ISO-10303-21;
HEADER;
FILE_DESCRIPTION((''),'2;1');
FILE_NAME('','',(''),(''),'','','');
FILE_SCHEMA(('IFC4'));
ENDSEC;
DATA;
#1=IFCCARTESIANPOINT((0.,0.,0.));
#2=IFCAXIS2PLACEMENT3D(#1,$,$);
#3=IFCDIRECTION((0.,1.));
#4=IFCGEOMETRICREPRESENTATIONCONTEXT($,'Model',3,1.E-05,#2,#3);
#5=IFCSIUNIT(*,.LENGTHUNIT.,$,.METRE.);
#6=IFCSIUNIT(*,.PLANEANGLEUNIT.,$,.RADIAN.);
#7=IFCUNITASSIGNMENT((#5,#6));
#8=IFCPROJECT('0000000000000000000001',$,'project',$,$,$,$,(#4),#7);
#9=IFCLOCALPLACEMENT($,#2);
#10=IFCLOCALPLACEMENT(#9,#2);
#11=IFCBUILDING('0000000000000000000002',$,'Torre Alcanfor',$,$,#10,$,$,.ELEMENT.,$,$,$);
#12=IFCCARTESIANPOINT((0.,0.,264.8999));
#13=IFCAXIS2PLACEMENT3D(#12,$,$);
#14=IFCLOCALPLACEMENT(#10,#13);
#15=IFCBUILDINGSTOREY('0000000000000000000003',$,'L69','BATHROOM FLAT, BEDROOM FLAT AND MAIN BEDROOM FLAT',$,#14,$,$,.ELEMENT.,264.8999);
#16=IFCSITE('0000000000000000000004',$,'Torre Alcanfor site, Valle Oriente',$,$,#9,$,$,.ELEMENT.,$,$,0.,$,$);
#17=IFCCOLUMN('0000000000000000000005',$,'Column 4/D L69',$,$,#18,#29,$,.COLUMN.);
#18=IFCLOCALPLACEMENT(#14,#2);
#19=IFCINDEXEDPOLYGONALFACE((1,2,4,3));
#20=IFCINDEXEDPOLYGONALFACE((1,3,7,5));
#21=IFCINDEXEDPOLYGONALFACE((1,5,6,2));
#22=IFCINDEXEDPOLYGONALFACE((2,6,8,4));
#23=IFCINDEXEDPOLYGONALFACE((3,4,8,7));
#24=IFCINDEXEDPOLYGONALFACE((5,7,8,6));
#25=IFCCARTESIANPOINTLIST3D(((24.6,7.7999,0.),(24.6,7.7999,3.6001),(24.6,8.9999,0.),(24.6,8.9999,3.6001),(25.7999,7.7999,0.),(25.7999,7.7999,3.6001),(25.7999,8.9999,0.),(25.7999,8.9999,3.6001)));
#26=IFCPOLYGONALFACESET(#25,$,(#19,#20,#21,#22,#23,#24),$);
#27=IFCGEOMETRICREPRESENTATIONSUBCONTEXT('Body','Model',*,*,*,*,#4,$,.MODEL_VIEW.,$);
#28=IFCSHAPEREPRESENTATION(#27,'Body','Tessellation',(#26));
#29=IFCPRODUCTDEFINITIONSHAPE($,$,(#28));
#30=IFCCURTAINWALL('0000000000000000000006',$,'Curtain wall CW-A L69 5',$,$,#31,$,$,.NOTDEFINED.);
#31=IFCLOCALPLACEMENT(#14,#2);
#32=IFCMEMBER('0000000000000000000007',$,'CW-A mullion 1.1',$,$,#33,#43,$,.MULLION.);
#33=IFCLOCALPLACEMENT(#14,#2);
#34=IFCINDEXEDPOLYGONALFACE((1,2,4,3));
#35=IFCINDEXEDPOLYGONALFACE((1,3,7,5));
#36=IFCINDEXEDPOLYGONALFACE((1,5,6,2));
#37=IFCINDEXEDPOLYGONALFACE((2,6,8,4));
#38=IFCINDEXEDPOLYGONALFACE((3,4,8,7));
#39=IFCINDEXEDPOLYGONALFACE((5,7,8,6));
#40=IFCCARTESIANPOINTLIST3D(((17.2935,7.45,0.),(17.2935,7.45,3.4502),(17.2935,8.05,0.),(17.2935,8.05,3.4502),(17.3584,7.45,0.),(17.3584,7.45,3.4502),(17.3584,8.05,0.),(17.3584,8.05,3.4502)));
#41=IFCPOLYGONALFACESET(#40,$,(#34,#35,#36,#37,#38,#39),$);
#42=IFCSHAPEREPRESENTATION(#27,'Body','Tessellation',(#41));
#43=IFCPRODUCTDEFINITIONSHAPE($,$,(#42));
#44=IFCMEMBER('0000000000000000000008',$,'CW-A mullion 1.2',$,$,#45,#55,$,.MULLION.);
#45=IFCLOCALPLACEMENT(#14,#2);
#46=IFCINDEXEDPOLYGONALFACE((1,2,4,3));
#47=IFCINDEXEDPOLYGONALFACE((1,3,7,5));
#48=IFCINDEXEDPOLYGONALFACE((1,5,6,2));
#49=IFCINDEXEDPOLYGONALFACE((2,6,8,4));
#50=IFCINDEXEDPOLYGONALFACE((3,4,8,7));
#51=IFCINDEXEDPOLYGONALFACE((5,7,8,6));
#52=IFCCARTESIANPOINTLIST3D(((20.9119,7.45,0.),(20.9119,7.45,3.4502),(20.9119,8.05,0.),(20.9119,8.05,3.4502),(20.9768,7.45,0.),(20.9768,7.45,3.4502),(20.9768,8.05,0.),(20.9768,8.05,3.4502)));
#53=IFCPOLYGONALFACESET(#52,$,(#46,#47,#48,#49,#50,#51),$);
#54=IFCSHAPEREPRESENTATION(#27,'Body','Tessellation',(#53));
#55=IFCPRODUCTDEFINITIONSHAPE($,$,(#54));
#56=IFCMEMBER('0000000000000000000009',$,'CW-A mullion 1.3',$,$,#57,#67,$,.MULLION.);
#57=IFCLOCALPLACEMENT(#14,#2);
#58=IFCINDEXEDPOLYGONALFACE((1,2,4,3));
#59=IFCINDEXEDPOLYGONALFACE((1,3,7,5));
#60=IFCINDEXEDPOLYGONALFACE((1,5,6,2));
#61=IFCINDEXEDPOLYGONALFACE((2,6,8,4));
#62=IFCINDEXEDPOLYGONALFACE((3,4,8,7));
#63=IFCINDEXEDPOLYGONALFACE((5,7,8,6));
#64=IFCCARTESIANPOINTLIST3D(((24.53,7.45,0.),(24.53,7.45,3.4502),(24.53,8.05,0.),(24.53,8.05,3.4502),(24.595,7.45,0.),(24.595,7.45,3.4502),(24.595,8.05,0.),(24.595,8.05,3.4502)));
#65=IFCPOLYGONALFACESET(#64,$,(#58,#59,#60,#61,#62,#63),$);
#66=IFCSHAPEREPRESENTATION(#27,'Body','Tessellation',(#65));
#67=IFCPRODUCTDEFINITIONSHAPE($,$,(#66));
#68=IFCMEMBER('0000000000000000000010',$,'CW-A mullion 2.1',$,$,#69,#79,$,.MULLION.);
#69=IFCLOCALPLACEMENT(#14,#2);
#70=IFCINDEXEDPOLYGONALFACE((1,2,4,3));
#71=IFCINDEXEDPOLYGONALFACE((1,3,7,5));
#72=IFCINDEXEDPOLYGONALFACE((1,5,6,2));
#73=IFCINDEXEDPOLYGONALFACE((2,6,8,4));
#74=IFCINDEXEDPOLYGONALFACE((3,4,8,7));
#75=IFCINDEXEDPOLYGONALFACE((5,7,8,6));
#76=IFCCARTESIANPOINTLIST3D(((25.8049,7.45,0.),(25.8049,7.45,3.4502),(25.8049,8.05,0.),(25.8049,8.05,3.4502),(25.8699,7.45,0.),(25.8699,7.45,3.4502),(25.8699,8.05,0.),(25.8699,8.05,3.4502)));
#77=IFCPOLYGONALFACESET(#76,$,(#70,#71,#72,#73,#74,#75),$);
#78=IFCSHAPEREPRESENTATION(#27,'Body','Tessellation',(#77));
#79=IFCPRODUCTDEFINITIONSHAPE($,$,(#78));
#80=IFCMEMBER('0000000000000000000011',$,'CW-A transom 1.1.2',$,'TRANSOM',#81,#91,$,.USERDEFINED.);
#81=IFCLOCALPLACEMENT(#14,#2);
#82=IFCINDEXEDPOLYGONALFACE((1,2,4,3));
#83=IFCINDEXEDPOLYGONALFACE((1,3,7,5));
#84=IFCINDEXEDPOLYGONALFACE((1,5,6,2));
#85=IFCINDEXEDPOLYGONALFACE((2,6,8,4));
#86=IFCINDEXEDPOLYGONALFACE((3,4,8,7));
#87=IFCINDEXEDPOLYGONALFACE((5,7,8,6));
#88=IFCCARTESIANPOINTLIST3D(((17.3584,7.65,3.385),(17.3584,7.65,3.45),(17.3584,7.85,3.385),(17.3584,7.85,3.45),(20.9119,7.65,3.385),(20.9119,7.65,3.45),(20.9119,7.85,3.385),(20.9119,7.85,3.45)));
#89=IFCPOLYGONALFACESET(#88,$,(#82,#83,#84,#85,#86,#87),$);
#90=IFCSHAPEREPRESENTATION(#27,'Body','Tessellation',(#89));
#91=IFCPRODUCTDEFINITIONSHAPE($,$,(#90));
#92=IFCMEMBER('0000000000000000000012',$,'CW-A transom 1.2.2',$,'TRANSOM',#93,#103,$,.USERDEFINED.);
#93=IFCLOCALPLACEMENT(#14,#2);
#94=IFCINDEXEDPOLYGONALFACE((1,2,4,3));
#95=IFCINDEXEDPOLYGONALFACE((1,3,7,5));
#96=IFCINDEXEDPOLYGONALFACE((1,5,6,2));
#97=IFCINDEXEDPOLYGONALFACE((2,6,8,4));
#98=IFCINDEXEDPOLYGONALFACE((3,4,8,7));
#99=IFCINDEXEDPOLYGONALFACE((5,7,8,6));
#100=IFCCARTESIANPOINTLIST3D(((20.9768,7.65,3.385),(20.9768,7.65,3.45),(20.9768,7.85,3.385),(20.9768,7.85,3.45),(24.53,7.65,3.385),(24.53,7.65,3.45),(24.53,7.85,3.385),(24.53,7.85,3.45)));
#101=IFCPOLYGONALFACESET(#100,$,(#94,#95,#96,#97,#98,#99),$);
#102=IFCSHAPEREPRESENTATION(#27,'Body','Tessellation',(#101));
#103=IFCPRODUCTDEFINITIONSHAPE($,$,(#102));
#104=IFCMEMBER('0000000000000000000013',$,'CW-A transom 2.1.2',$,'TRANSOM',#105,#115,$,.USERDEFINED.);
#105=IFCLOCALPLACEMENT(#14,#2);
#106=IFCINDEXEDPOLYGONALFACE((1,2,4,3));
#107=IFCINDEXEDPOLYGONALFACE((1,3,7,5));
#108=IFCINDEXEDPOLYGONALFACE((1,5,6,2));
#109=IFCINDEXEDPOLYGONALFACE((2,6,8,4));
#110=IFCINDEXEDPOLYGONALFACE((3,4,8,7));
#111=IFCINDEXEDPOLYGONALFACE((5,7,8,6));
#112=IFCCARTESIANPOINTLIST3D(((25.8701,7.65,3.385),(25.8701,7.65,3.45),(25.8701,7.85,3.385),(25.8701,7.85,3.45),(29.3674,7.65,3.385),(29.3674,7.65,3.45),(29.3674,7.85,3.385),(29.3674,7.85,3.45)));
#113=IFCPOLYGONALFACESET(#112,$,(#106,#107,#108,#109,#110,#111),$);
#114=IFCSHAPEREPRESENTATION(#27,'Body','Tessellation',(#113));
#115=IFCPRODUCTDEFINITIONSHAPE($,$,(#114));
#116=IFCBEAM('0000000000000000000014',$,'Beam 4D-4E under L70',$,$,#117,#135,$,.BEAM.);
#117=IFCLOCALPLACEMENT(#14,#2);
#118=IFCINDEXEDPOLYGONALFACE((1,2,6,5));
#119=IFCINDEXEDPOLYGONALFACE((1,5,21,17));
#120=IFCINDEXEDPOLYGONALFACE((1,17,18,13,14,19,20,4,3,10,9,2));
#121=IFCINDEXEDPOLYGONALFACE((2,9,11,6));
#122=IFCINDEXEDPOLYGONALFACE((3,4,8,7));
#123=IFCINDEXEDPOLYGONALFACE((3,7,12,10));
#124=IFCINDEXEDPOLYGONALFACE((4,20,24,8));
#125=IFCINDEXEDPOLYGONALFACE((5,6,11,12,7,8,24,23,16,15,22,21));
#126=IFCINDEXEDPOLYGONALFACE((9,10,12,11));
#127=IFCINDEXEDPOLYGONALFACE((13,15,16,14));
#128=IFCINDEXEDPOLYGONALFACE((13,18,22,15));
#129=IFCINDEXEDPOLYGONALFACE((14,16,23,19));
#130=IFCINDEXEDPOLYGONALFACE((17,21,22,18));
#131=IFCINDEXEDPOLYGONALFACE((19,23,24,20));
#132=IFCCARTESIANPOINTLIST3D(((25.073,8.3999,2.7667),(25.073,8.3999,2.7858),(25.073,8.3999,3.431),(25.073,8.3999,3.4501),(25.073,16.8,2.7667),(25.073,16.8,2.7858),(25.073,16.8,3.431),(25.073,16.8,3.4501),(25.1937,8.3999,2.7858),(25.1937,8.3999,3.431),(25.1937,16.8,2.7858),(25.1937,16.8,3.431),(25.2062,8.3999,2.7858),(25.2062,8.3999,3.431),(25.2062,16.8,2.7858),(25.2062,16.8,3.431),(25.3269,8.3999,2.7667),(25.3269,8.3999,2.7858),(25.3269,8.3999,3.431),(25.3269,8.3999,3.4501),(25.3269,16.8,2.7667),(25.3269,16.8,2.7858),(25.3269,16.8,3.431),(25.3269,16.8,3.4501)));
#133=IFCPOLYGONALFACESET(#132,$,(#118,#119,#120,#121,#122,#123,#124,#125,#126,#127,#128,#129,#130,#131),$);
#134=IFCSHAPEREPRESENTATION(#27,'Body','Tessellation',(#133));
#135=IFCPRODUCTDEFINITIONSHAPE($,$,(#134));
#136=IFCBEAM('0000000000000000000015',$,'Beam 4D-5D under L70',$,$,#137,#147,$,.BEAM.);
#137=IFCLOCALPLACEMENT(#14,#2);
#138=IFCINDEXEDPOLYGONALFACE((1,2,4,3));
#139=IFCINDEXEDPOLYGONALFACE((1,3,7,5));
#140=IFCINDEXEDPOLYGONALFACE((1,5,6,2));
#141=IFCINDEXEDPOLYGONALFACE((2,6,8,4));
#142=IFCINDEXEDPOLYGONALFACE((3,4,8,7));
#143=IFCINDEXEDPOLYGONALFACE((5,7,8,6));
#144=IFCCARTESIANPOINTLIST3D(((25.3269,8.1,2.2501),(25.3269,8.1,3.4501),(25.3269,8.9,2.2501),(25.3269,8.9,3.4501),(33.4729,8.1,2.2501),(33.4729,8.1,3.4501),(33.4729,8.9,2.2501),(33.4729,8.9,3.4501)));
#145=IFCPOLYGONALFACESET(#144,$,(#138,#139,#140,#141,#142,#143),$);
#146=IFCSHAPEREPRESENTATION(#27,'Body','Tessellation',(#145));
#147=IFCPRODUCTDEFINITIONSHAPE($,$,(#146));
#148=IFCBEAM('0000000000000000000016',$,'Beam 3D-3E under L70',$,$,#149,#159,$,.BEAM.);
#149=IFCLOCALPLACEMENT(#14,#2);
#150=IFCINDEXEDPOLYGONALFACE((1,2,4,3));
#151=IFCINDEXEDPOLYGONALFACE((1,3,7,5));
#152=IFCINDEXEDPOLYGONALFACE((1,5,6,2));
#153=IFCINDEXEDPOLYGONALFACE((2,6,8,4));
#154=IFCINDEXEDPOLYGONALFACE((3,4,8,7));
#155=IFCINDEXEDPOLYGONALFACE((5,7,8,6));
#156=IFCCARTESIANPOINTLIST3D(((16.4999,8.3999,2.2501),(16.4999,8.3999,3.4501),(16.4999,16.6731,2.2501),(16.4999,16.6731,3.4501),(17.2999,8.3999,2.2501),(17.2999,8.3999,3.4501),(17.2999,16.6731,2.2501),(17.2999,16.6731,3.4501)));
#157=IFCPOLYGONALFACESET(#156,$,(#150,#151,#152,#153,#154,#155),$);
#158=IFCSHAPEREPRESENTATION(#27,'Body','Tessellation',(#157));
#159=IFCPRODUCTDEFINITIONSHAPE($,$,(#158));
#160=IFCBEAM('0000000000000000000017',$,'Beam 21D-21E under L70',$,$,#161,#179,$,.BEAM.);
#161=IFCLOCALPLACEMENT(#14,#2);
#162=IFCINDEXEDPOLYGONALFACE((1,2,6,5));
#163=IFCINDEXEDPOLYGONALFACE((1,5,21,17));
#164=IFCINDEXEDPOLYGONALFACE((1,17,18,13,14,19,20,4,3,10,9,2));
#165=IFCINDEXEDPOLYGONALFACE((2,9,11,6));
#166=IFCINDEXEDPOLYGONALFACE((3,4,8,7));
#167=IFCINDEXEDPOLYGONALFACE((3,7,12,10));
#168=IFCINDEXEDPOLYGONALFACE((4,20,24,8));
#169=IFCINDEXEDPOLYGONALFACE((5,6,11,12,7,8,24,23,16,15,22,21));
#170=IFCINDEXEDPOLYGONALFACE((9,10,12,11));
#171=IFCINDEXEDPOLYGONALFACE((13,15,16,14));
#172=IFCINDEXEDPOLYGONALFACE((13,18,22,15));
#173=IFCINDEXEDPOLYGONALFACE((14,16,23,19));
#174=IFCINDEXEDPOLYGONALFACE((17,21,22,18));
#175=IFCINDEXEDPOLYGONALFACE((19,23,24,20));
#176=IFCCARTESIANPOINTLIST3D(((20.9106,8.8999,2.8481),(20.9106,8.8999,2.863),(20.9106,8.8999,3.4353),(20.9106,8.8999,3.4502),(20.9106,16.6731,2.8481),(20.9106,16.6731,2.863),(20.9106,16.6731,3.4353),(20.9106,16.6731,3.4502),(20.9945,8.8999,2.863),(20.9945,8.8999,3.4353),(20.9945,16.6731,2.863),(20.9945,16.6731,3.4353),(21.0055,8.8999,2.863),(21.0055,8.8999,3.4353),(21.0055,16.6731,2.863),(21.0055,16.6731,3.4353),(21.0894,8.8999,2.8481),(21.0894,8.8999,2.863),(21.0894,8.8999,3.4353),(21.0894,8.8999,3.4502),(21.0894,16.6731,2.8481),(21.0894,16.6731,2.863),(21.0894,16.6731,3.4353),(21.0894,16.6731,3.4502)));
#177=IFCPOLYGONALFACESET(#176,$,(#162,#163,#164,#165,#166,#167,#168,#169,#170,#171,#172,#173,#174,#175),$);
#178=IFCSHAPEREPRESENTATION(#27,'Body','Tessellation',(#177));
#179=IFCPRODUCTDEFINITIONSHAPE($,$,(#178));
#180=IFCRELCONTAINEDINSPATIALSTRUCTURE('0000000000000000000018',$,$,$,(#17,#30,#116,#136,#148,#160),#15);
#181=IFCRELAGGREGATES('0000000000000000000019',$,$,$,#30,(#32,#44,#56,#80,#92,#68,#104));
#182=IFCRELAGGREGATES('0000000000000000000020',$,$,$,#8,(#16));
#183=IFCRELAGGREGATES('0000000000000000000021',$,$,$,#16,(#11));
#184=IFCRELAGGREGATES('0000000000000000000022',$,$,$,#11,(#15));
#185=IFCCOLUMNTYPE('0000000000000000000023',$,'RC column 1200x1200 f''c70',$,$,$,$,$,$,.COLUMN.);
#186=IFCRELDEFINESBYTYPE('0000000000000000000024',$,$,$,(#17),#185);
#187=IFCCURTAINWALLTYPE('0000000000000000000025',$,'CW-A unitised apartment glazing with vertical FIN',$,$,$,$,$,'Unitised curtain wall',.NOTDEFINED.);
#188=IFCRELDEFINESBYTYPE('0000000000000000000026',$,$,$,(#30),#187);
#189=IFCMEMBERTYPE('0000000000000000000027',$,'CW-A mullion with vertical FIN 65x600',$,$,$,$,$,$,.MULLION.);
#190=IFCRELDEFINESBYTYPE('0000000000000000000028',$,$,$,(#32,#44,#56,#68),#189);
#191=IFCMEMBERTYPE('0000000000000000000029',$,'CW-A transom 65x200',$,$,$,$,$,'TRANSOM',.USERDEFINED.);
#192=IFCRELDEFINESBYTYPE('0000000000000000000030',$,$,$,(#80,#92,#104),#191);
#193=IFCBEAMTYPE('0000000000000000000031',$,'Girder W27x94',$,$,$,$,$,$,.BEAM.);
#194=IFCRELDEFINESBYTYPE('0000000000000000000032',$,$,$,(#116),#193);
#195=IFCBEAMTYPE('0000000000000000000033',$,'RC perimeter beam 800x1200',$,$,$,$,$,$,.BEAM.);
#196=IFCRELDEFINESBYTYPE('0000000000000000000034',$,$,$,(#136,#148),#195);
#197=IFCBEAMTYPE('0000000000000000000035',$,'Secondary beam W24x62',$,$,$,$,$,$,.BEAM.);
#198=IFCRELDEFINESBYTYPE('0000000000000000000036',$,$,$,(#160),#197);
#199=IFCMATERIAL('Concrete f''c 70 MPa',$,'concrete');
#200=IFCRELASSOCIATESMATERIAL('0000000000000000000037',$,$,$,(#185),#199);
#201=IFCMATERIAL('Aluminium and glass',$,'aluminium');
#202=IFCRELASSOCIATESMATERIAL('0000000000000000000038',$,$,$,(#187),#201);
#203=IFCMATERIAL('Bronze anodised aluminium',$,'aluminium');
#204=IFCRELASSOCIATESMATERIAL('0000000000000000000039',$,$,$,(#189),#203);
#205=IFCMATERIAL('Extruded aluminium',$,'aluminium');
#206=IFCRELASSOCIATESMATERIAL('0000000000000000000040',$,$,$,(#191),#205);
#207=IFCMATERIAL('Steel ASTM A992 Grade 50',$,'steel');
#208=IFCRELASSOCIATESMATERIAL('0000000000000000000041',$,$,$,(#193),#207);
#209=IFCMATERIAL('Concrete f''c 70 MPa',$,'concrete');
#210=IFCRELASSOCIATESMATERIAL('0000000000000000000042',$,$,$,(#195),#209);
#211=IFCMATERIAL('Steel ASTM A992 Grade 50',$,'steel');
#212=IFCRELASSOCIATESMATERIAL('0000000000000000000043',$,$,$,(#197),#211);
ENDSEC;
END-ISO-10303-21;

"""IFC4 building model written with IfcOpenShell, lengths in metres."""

from ifc_helpers import new_model, si_unit, direction, frame, origin, origin_2d, place, context, subcontext, project, spatial, rectangle, i_section, extrude, material, material_profile, profile_set, type_object, element, aggregate, save


model = new_model("IFC4")

# Units and contexts
model_context = context("Model", 3, precision=1e-05, world=origin(), true_north=direction((0.0, 1.0)))
body_context = subcontext(model_context, "Body", "Model", "MODEL_VIEW")
ifc_project = project(units=[si_unit("LENGTHUNIT", "METRE"), si_unit("PLANEANGLEUNIT", "RADIAN")], contexts=[model_context])

# Site, building, storey
site_placement = place(None, origin())
site = spatial("IfcSite", under=ifc_project, at=site_placement, Name="Torre Alcanfor site, Valle Oriente", CompositionType="ELEMENT", RefElevation=0.0)
building_placement = place(site_placement, origin())
building = spatial("IfcBuilding", under=site, at=building_placement, Name="Torre Alcanfor", CompositionType="ELEMENT")
storey_placement = place(building_placement, frame((0.0, 0.0, 264.8999)))
storey = spatial("IfcBuildingStorey", under=building, at=storey_placement, Name="L69", Description="BATHROOM FLAT, BEDROOM FLAT AND MAIN BEDROOM FLAT", CompositionType="ELEMENT", Elevation=264.8999)

# Column
ifc_material_1 = material(Name="Concrete f'c 70 MPa", Category="concrete")
ifc_material_profile_1 = material_profile(ifc_material_1, rectangle(XDim=1.2, YDim=1.2, at=origin_2d()), Name="1200x1200")
ifc_profile_set_1 = profile_set([ifc_material_profile_1], Name="Concrete f'c 70 MPa")
column_type = type_object("IfcColumnType", Name="RC column 1200x1200 f'c70", PredefinedType="COLUMN", material=ifc_profile_set_1)
column_placement = place(storey_placement, frame((25.2, 8.3999, 0.0), z_axis=(0.0, 0.0, 1.0), x_axis=(1.0, 0.0, 0.0)))
element("IfcColumn", 1, at=column_placement, inside=storey, type_object=column_type, Name="Column 4/D L69", PredefinedType="COLUMN", context=body_context, shape_type="SweptSolid", body=[
    extrude(rectangle(XDim=1.2, YDim=1.2, at=origin_2d()), origin(), (0.0, 0.0, 1.0), 3.6001),
])

# Curtain wall, members
ifc_material_2 = material(Name="Aluminium and glass", Category="aluminium")
curtain_wall_type = type_object("IfcCurtainWallType", Name="CW-A unitised apartment glazing with vertical FIN", ElementType="Unitised curtain wall", PredefinedType="NOTDEFINED", material=ifc_material_2)
curtain_wall_placement = place(storey_placement, origin())
curtain_wall = element("IfcCurtainWall", 2, at=curtain_wall_placement, inside=storey, type_object=curtain_wall_type, Name="Curtain wall CW-A L69 5", PredefinedType="NOTDEFINED")
ifc_material_3 = material(Name="Bronze anodised aluminium", Category="aluminium")
ifc_material_profile_2 = material_profile(ifc_material_3, rectangle(XDim=0.6001, YDim=0.0649, at=origin_2d()), Name="CW-A mullion 65x600")
ifc_profile_set_2 = profile_set([ifc_material_profile_2], Name="Bronze anodised aluminium")
member_type_1 = type_object("IfcMemberType", Name="CW-A mullion with vertical FIN 65x600", PredefinedType="MULLION", material=ifc_profile_set_2)
member_1_placement = place(storey_placement, frame((17.3259, 7.75, 0.0), z_axis=(0.0, 0.0, 1.0), x_axis=(0.0, 1.0, 0.0)))
member_1 = element("IfcMember", 3, at=member_1_placement, type_object=member_type_1, Name="CW-A mullion 1.1", PredefinedType="MULLION", context=body_context, shape_type="SweptSolid", body=[
    extrude(rectangle(XDim=0.6001, YDim=0.0649, at=origin_2d()), origin(), (0.0, 0.0, 1.0), 3.4502),
])
member_2_placement = place(storey_placement, frame((20.9443, 7.75, 0.0), z_axis=(0.0, 0.0, 1.0), x_axis=(0.0, 1.0, 0.0)))
member_2 = element("IfcMember", 4, at=member_2_placement, type_object=member_type_1, Name="CW-A mullion 1.2", PredefinedType="MULLION", context=body_context, shape_type="SweptSolid", body=[
    extrude(rectangle(XDim=0.6001, YDim=0.0649, at=origin_2d()), origin(), (0.0, 0.0, 1.0), 3.4502),
])
member_3_placement = place(storey_placement, frame((24.5625, 7.75, 0.0), z_axis=(0.0, 0.0, 1.0), x_axis=(0.0, 1.0, 0.0)))
member_3 = element("IfcMember", 5, at=member_3_placement, type_object=member_type_1, Name="CW-A mullion 1.3", PredefinedType="MULLION", context=body_context, shape_type="SweptSolid", body=[
    extrude(rectangle(XDim=0.6001, YDim=0.0649, at=origin_2d()), origin(), (0.0, 0.0, 1.0), 3.4502),
])
member_4_placement = place(storey_placement, frame((25.8374, 7.75, 0.0), z_axis=(0.0, 0.0, 1.0), x_axis=(0.0, 1.0, 0.0)))
member_4 = element("IfcMember", 6, at=member_4_placement, type_object=member_type_1, Name="CW-A mullion 2.1", PredefinedType="MULLION", context=body_context, shape_type="SweptSolid", body=[
    extrude(rectangle(XDim=0.6001, YDim=0.0649, at=origin_2d()), origin(), (0.0, 0.0, 1.0), 3.4502),
])
ifc_material_4 = material(Name="Extruded aluminium", Category="aluminium")
ifc_material_profile_3 = material_profile(ifc_material_4, rectangle(XDim=0.2, YDim=0.0649, at=origin_2d()), Name="CW-A transom 200x65")
ifc_profile_set_3 = profile_set([ifc_material_profile_3], Name="Extruded aluminium")
member_type_2 = type_object("IfcMemberType", Name="CW-A transom 65x200", ElementType="TRANSOM", PredefinedType="USERDEFINED", material=ifc_profile_set_3)
member_5_placement = place(storey_placement, frame((17.3584, 7.75, 3.4175), z_axis=(1.0, 0.0, 0.0), x_axis=(0.0, 1.0, 0.0)))
member_5 = element("IfcMember", 7, at=member_5_placement, type_object=member_type_2, Name="CW-A transom 1.1.2", ObjectType="TRANSOM", PredefinedType="USERDEFINED", context=body_context, shape_type="SweptSolid", body=[
    extrude(rectangle(XDim=0.2, YDim=0.0649, at=origin_2d()), origin(), (0.0, 0.0, 1.0), 3.5535),
])
member_6_placement = place(storey_placement, frame((20.9768, 7.75, 3.4175), z_axis=(1.0, 0.0, 0.0), x_axis=(0.0, 1.0, 0.0)))
member_6 = element("IfcMember", 8, at=member_6_placement, type_object=member_type_2, Name="CW-A transom 1.2.2", ObjectType="TRANSOM", PredefinedType="USERDEFINED", context=body_context, shape_type="SweptSolid", body=[
    extrude(rectangle(XDim=0.2, YDim=0.0649, at=origin_2d()), origin(), (0.0, 0.0, 1.0), 3.5532),
])
member_7_placement = place(storey_placement, frame((25.8701, 7.75, 3.4175), z_axis=(1.0, 0.0, 0.0), x_axis=(0.0, 1.0, 0.0)))
member_7 = element("IfcMember", 9, at=member_7_placement, type_object=member_type_2, Name="CW-A transom 2.1.2", ObjectType="TRANSOM", PredefinedType="USERDEFINED", context=body_context, shape_type="SweptSolid", body=[
    extrude(rectangle(XDim=0.2, YDim=0.0649, at=origin_2d()), origin(), (0.0, 0.0, 1.0), 3.4973),
])

# Beams
ifc_material_5 = material(Name="Steel ASTM A992 Grade 50", Category="steel")
ifc_material_profile_4 = material_profile(ifc_material_5, i_section(OverallWidth=0.2539, OverallDepth=0.6833, WebThickness=0.0125, FlangeThickness=0.019, at=origin_2d()), Name="W27x94")
ifc_profile_set_4 = profile_set([ifc_material_profile_4], Name="Steel ASTM A992 Grade 50")
beam_type_1 = type_object("IfcBeamType", Name="Girder W27x94", PredefinedType="BEAM", material=ifc_profile_set_4)
beam_1_placement = place(storey_placement, frame((25.2, 8.3999, 3.1084), z_axis=(0.0, 1.0, 0.0), x_axis=(-1.0, 0.0, 0.0)))
element("IfcBeam", 10, at=beam_1_placement, inside=storey, type_object=beam_type_1, Name="Beam 4D-4E under L70", PredefinedType="BEAM", context=body_context, shape_type="SweptSolid", body=[
    extrude(i_section(OverallWidth=0.2539, OverallDepth=0.6833, WebThickness=0.0125, FlangeThickness=0.019, at=origin_2d()), origin(), (0.0, 0.0, 1.0), 8.4001),
])
ifc_material_6 = material(Name="Concrete f'c 70 MPa", Category="concrete")
ifc_material_profile_5 = material_profile(ifc_material_6, rectangle(XDim=0.8, YDim=1.2, at=origin_2d()), Name="800x1200")
ifc_profile_set_5 = profile_set([ifc_material_profile_5], Name="Concrete f'c 70 MPa")
beam_type_2 = type_object("IfcBeamType", Name="RC perimeter beam 800x1200", PredefinedType="BEAM", material=ifc_profile_set_5)
beam_2_placement = place(storey_placement, frame((25.3269, 8.5, 2.8501), z_axis=(1.0, 0.0, 0.0), x_axis=(0.0, 1.0, 0.0)))
element("IfcBeam", 11, at=beam_2_placement, inside=storey, type_object=beam_type_2, Name="Beam 4D-5D under L70", PredefinedType="BEAM", context=body_context, shape_type="SweptSolid", body=[
    extrude(rectangle(XDim=0.8, YDim=1.2, at=origin_2d()), origin(), (0.0, 0.0, 1.0), 8.146),
])
beam_3_placement = place(storey_placement, frame((16.8999, 8.3999, 2.8501), z_axis=(0.0, 1.0, 0.0), x_axis=(-1.0, 0.0, 0.0)))
element("IfcBeam", 12, at=beam_3_placement, inside=storey, type_object=beam_type_2, Name="Beam 3D-3E under L70", PredefinedType="BEAM", context=body_context, shape_type="SweptSolid", body=[
    extrude(rectangle(XDim=0.8, YDim=1.2, at=origin_2d()), origin(), (0.0, 0.0, 1.0), 8.2732),
])
ifc_material_7 = material(Name="Steel ASTM A992 Grade 50", Category="steel")
ifc_material_profile_6 = material_profile(ifc_material_7, i_section(OverallWidth=0.1787, OverallDepth=0.6021, WebThickness=0.011, FlangeThickness=0.0149, at=origin_2d()), Name="W24x62")
ifc_profile_set_6 = profile_set([ifc_material_profile_6], Name="Steel ASTM A992 Grade 50")
beam_type_3 = type_object("IfcBeamType", Name="Secondary beam W24x62", PredefinedType="BEAM", material=ifc_profile_set_6)
for number, where, z_axis, x_axis, name in (
    (13, (21.0, 8.8999, 3.1492), (0.0, 1.0, 0.0), (-1.0, 0.0, 0.0), "Beam 21D-21E under L70"),
):
    element("IfcBeam", number, at=place(storey_placement, frame(where, z_axis=z_axis, x_axis=x_axis)), inside=storey, type_object=beam_type_3, Name=name, PredefinedType="BEAM", context=body_context, shape_type="SweptSolid", body=[
        extrude(i_section(OverallWidth=0.1787, OverallDepth=0.6021, WebThickness=0.011, FlangeThickness=0.0149, at=origin_2d()), origin(), (0.0, 0.0, 1.0), 7.7732),
    ])

aggregate(curtain_wall, [member_1, member_2, member_3, member_5, member_6, member_4, member_7])

save(model, "model.ifc")
